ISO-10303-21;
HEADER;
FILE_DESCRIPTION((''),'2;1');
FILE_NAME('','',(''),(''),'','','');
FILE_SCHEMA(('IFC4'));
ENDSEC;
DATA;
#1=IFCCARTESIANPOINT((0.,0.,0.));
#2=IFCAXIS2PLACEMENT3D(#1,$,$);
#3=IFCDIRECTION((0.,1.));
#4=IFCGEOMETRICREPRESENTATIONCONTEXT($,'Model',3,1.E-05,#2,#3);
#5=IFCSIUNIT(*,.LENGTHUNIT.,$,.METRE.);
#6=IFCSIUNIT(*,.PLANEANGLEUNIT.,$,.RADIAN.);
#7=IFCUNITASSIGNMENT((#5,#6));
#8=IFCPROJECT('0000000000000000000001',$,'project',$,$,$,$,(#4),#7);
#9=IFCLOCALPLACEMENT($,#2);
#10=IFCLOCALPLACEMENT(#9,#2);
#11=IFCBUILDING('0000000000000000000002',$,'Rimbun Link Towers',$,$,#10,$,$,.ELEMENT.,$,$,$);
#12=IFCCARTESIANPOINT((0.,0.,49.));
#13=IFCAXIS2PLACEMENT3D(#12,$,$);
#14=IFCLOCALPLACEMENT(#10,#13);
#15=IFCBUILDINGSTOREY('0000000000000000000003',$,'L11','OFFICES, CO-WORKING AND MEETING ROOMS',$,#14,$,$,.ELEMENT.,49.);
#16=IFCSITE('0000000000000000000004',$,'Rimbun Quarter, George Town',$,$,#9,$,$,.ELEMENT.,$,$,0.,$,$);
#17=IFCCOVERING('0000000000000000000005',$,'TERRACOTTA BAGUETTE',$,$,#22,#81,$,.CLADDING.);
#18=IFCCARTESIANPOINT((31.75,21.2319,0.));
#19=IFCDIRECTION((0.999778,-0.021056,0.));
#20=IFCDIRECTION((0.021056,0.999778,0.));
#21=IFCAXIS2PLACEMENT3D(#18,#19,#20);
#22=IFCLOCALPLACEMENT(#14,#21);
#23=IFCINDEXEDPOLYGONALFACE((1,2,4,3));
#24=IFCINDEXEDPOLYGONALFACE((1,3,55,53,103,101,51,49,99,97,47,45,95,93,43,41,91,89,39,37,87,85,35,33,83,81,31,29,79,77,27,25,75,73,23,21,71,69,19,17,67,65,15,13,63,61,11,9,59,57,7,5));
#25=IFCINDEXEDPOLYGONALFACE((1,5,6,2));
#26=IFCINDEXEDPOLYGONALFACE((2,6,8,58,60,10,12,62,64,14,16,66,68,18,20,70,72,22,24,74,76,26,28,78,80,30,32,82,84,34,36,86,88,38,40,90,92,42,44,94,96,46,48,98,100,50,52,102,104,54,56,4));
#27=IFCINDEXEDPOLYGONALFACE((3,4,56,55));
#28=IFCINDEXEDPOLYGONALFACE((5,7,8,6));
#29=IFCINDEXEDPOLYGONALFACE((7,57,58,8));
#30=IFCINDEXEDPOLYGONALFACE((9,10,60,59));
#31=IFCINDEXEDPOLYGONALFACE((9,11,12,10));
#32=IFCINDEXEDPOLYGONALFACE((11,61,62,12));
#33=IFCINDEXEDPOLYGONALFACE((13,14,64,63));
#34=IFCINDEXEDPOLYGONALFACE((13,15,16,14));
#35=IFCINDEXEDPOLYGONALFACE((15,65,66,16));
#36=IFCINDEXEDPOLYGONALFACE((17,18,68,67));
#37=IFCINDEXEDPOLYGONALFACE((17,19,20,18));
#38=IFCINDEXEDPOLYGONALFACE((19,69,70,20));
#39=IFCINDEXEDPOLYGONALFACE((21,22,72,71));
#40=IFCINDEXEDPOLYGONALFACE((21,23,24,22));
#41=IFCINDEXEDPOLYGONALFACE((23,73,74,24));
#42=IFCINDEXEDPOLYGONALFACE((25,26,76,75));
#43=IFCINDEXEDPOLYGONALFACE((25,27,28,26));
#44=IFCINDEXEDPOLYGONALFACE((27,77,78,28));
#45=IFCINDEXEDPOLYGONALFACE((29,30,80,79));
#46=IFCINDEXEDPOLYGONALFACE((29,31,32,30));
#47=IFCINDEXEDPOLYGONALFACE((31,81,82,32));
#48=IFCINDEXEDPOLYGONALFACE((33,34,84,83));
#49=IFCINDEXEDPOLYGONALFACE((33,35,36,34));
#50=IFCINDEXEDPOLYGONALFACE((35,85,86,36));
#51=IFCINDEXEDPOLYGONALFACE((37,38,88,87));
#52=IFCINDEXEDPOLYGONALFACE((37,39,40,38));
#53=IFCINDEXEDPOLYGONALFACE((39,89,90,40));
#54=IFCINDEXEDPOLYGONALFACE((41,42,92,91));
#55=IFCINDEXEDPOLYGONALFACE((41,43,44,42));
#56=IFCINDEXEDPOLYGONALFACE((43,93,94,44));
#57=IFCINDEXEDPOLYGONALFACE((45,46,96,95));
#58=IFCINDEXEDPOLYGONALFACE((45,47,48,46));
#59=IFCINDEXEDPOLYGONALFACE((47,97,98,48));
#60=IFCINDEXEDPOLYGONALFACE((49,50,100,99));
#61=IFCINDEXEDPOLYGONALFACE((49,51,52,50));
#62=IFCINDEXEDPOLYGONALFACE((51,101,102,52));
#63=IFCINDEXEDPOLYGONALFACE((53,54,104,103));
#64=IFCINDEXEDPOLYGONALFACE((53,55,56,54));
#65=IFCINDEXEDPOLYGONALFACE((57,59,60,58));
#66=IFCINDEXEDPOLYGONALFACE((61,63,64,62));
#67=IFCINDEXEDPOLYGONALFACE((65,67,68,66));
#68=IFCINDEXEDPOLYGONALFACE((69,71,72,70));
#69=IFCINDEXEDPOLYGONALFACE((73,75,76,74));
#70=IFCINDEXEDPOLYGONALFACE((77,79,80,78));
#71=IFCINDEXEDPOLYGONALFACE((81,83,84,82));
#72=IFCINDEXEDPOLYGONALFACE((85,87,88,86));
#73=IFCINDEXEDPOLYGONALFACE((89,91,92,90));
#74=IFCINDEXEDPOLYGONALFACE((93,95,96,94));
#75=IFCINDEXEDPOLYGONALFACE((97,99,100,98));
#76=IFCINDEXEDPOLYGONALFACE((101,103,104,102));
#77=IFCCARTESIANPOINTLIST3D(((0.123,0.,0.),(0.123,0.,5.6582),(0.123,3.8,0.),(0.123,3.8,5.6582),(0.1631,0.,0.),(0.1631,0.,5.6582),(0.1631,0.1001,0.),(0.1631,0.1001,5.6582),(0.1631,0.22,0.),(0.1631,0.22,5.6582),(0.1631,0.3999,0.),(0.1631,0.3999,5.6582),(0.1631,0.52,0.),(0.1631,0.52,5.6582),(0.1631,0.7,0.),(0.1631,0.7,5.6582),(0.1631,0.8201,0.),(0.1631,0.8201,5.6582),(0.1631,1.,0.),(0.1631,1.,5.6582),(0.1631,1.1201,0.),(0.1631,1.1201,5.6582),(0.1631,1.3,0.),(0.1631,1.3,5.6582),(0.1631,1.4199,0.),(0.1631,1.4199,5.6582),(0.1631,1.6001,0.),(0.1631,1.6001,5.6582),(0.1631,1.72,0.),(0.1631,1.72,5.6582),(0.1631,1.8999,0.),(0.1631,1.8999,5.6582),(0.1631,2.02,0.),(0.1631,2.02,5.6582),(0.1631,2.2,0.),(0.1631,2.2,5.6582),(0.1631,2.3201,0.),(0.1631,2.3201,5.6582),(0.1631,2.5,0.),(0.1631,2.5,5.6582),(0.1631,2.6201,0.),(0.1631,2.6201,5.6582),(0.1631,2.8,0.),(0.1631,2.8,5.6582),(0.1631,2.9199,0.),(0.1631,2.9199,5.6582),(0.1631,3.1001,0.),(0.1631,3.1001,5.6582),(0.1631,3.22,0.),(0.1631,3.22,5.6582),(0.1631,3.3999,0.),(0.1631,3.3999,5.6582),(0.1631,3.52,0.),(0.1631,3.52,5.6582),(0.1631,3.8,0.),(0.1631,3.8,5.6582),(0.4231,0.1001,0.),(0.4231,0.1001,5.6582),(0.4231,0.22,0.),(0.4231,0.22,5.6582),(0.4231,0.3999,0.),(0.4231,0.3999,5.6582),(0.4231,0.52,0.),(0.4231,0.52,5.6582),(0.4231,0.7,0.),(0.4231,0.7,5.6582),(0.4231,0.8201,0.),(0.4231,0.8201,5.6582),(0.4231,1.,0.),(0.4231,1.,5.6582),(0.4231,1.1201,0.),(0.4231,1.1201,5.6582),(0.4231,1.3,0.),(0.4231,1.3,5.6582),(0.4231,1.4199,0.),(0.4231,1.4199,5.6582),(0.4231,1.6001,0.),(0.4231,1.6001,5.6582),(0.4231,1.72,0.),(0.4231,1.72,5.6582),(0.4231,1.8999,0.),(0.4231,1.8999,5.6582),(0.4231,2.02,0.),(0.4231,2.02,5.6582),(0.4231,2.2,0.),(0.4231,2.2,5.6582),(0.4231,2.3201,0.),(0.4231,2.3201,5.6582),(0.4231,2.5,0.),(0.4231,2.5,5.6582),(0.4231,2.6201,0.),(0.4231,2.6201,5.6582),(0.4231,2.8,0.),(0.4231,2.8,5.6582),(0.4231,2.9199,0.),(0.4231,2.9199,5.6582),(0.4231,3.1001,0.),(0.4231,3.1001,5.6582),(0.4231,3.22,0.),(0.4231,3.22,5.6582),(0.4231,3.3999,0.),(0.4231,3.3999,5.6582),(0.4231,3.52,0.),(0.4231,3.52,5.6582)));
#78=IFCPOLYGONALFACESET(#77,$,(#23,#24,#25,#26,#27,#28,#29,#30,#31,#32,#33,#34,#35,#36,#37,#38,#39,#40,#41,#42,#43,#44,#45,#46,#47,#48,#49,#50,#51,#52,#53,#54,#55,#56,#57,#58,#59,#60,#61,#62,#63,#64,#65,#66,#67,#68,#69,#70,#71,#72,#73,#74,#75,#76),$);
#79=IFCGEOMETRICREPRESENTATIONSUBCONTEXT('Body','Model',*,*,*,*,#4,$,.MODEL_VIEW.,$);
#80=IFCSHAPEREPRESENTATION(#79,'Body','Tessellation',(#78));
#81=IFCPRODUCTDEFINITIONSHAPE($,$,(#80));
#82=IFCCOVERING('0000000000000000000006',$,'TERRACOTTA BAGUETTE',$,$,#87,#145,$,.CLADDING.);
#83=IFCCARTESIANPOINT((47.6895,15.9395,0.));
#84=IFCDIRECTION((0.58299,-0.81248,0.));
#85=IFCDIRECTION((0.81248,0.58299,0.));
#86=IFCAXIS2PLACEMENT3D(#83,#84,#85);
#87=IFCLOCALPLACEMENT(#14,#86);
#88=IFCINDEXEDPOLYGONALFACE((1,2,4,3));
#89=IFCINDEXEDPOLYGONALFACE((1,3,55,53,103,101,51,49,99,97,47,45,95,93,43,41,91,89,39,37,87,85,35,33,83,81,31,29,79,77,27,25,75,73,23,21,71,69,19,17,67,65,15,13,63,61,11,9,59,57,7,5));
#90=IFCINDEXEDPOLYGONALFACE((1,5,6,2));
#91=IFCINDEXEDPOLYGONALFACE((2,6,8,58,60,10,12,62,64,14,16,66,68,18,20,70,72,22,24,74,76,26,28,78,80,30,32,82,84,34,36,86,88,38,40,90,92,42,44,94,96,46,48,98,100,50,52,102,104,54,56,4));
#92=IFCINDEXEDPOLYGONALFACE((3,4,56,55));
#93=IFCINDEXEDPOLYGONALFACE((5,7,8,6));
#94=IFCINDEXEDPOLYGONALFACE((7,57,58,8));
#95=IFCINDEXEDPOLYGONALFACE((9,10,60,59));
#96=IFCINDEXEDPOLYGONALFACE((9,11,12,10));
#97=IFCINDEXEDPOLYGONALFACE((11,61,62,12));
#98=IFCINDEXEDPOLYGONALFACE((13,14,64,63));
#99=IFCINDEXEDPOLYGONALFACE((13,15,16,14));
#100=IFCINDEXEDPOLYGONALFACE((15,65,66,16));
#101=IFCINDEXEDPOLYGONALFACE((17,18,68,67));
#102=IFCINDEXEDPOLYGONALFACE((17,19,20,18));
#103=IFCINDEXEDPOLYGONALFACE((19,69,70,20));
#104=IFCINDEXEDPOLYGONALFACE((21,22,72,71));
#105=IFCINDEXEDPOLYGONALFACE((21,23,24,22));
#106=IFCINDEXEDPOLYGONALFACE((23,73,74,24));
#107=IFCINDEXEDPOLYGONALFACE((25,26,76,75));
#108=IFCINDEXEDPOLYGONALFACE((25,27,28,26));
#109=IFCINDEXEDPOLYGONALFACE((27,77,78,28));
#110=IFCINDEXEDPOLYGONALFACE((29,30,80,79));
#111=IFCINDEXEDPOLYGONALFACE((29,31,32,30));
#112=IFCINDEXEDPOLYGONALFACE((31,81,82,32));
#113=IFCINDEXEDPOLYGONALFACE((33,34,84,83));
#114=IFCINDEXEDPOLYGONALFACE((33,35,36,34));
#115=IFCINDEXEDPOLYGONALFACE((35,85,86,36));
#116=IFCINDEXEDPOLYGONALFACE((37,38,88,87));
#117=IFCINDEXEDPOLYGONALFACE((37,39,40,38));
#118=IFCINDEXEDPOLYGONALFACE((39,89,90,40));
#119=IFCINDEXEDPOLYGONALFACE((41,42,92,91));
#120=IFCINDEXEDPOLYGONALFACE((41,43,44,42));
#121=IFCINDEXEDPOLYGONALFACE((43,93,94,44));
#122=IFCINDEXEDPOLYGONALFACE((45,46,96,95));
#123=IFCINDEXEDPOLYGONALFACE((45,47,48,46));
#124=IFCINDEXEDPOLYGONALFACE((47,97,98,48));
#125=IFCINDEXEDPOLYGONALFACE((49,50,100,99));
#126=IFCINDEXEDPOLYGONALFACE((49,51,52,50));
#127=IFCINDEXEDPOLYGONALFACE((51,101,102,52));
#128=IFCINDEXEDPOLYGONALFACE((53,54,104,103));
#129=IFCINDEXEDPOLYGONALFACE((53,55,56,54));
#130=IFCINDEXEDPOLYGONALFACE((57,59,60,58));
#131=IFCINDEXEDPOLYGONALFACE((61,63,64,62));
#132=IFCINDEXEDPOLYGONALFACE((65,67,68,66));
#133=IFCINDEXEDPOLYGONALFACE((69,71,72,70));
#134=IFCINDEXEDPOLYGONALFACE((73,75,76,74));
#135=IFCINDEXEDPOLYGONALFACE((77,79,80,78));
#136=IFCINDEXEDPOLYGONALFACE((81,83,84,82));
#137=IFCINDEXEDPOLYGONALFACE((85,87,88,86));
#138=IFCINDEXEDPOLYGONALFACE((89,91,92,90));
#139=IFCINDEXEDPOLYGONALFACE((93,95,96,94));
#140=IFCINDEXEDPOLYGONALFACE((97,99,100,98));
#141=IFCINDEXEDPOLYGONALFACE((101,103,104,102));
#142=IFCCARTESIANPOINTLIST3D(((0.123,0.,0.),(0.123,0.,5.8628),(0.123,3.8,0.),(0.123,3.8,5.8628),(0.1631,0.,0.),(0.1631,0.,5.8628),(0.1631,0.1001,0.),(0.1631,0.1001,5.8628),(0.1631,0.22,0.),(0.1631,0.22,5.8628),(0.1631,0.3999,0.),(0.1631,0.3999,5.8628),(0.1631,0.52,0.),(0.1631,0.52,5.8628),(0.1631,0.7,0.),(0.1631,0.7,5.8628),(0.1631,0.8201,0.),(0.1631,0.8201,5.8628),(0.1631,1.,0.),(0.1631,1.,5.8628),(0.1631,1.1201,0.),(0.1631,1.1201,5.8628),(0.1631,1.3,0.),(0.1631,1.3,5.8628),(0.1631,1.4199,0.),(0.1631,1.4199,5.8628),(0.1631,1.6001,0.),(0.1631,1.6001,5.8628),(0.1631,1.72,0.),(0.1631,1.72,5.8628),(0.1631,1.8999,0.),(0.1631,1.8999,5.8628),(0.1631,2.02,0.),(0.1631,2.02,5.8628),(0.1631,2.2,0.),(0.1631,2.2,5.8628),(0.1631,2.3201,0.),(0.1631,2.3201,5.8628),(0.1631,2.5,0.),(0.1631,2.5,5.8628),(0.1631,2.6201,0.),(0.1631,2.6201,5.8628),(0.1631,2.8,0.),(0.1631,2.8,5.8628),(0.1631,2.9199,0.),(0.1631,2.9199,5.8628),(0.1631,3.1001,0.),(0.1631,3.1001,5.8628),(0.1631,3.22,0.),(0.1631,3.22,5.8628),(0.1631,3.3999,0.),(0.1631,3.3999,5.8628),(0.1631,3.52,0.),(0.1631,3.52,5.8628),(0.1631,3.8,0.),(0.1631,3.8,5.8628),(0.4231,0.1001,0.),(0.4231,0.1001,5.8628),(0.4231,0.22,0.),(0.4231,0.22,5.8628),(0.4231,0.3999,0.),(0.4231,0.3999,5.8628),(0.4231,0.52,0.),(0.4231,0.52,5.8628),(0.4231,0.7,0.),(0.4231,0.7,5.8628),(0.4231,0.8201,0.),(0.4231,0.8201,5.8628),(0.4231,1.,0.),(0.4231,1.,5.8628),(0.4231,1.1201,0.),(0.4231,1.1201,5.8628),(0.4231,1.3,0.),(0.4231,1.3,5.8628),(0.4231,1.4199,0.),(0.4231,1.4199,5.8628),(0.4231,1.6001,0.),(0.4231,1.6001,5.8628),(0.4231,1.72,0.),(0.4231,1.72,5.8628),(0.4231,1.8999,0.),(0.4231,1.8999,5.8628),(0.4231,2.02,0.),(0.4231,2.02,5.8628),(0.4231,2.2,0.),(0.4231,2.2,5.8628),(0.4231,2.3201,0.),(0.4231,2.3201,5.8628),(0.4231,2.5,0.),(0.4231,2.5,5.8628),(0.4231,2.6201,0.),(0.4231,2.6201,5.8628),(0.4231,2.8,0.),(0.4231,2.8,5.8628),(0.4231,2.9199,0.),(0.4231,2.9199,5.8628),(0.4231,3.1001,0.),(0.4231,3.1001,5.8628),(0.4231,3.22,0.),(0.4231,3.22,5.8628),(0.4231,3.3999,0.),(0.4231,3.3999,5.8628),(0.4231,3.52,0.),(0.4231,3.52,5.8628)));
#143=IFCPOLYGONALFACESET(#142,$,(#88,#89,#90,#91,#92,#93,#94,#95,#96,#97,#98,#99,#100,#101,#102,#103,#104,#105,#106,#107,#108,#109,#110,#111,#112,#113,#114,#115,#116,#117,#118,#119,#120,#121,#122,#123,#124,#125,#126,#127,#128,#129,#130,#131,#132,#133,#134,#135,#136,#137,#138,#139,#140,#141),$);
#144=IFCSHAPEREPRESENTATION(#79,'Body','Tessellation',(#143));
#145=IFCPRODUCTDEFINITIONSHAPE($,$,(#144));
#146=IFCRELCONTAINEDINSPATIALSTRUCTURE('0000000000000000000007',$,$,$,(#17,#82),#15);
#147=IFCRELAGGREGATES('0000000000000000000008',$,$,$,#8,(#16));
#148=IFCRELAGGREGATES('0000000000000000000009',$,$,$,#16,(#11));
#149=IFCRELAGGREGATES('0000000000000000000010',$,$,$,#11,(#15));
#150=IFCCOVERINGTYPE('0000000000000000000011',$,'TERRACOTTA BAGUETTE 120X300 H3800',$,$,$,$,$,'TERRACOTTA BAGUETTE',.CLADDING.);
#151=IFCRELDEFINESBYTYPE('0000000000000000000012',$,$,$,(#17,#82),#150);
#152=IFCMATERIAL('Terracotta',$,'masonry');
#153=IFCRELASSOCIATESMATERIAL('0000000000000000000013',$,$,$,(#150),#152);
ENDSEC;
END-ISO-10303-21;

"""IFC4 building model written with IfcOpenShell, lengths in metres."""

from ifc_helpers import new_model, si_unit, direction, frame, origin, place, context, subcontext, project, spatial, polyline, outline, extrude, material, material_profile, profile_set, type_object, element, save


model = new_model("IFC4")

# Units and contexts
model_context = context("Model", 3, precision=1e-05, world=origin(), true_north=direction((0.0, 1.0)))
body_context = subcontext(model_context, "Body", "Model", "MODEL_VIEW")
ifc_project = project(units=[si_unit("LENGTHUNIT", "METRE"), si_unit("PLANEANGLEUNIT", "RADIAN")], contexts=[model_context])

# Site, building, storey
site_placement = place(None, origin())
site = spatial("IfcSite", under=ifc_project, at=site_placement, Name="Rimbun Quarter, George Town", CompositionType="ELEMENT", RefElevation=0.0)
building_placement = place(site_placement, origin())
building = spatial("IfcBuilding", under=site, at=building_placement, Name="Rimbun Link Towers", CompositionType="ELEMENT")
storey_placement = place(building_placement, frame((0.0, 0.0, 49.0)))
storey = spatial("IfcBuildingStorey", under=building, at=storey_placement, Name="L11", Description="OFFICES, CO-WORKING AND MEETING ROOMS", CompositionType="ELEMENT", Elevation=49.0)

# Coverings
ifc_material_1 = material(Name="Terracotta", Category="masonry")
ifc_material_profile_1 = material_profile(ifc_material_1, outline(polyline([(0.123, 0.0), (0.1631, 0.0), (0.1631, 0.1001), (0.4231, 0.1001), (0.4231, 0.22), (0.1631, 0.22), (0.1631, 0.3999), (0.4231, 0.3999), (0.4231, 0.52), (0.1631, 0.52), (0.1631, 0.7), (0.4231, 0.7), (0.4231, 0.8201), (0.1631, 0.8201), (0.1631, 1.0), (0.4231, 1.0), (0.4231, 1.1201), (0.1631, 1.1201), (0.1631, 1.3), (0.4231, 1.3), (0.4231, 1.4199), (0.1631, 1.4199), (0.1631, 1.6001), (0.4231, 1.6001), (0.4231, 1.72), (0.1631, 1.72), (0.1631, 1.8999), (0.4231, 1.8999), (0.4231, 2.02), (0.1631, 2.02), (0.1631, 2.2), (0.4231, 2.2), (0.4231, 2.3201), (0.1631, 2.3201), (0.1631, 2.5), (0.4231, 2.5), (0.4231, 2.6201), (0.1631, 2.6201), (0.1631, 2.8), (0.4231, 2.8), (0.4231, 2.9199), (0.1631, 2.9199), (0.1631, 3.1001), (0.4231, 3.1001), (0.4231, 3.22), (0.1631, 3.22), (0.1631, 3.3999), (0.4231, 3.3999), (0.4231, 3.52), (0.1631, 3.52), (0.1631, 3.8), (0.123, 3.8), (0.123, 0.0)])), Name="BAGUETTE 120X300")
ifc_profile_set_1 = profile_set([ifc_material_profile_1], Name="Terracotta")
covering_type = type_object("IfcCoveringType", Name="TERRACOTTA BAGUETTE 120X300 H3800", ElementType="TERRACOTTA BAGUETTE", PredefinedType="CLADDING", material=ifc_profile_set_1)
covering_1_placement = place(storey_placement, frame((31.75, 21.2319, 0.0), z_axis=(0.999778, -0.021056, 0.0), x_axis=(0.021056, 0.999778, 0.0)))
element("IfcCovering", 1, at=covering_1_placement, inside=storey, type_object=covering_type, Name="TERRACOTTA BAGUETTE", PredefinedType="CLADDING", context=body_context, shape_type="SweptSolid", body=[
    extrude(outline(polyline([(0.123, 0.0), (0.1631, 0.0), (0.1631, 0.1001), (0.4231, 0.1001), (0.4231, 0.22), (0.1631, 0.22), (0.1631, 0.3999), (0.4231, 0.3999), (0.4231, 0.52), (0.1631, 0.52), (0.1631, 0.7), (0.4231, 0.7), (0.4231, 0.8201), (0.1631, 0.8201), (0.1631, 1.0), (0.4231, 1.0), (0.4231, 1.1201), (0.1631, 1.1201), (0.1631, 1.3), (0.4231, 1.3), (0.4231, 1.4199), (0.1631, 1.4199), (0.1631, 1.6001), (0.4231, 1.6001), (0.4231, 1.72), (0.1631, 1.72), (0.1631, 1.8999), (0.4231, 1.8999), (0.4231, 2.02), (0.1631, 2.02), (0.1631, 2.2), (0.4231, 2.2), (0.4231, 2.3201), (0.1631, 2.3201), (0.1631, 2.5), (0.4231, 2.5), (0.4231, 2.6201), (0.1631, 2.6201), (0.1631, 2.8), (0.4231, 2.8), (0.4231, 2.9199), (0.1631, 2.9199), (0.1631, 3.1001), (0.4231, 3.1001), (0.4231, 3.22), (0.1631, 3.22), (0.1631, 3.3999), (0.4231, 3.3999), (0.4231, 3.52), (0.1631, 3.52), (0.1631, 3.8), (0.123, 3.8), (0.123, 0.0)])), origin(), (0.0, 0.0, 1.0), 5.6582),
])
covering_2_placement = place(storey_placement, frame((47.6895, 15.9395, 0.0), z_axis=(0.58299, -0.81248, 0.0), x_axis=(0.81248, 0.58299, 0.0)))
element("IfcCovering", 2, at=covering_2_placement, inside=storey, type_object=covering_type, Name="TERRACOTTA BAGUETTE", PredefinedType="CLADDING", context=body_context, shape_type="SweptSolid", body=[
    extrude(outline(polyline([(0.123, 0.0), (0.1631, 0.0), (0.1631, 0.1001), (0.4231, 0.1001), (0.4231, 0.22), (0.1631, 0.22), (0.1631, 0.3999), (0.4231, 0.3999), (0.4231, 0.52), (0.1631, 0.52), (0.1631, 0.7), (0.4231, 0.7), (0.4231, 0.8201), (0.1631, 0.8201), (0.1631, 1.0), (0.4231, 1.0), (0.4231, 1.1201), (0.1631, 1.1201), (0.1631, 1.3), (0.4231, 1.3), (0.4231, 1.4199), (0.1631, 1.4199), (0.1631, 1.6001), (0.4231, 1.6001), (0.4231, 1.72), (0.1631, 1.72), (0.1631, 1.8999), (0.4231, 1.8999), (0.4231, 2.02), (0.1631, 2.02), (0.1631, 2.2), (0.4231, 2.2), (0.4231, 2.3201), (0.1631, 2.3201), (0.1631, 2.5), (0.4231, 2.5), (0.4231, 2.6201), (0.1631, 2.6201), (0.1631, 2.8), (0.4231, 2.8), (0.4231, 2.9199), (0.1631, 2.9199), (0.1631, 3.1001), (0.4231, 3.1001), (0.4231, 3.22), (0.1631, 3.22), (0.1631, 3.3999), (0.4231, 3.3999), (0.4231, 3.52), (0.1631, 3.52), (0.1631, 3.8), (0.123, 3.8), (0.123, 0.0)])), origin(), (0.0, 0.0, 1.0), 5.8628),
])

save(model, "model.ifc")
